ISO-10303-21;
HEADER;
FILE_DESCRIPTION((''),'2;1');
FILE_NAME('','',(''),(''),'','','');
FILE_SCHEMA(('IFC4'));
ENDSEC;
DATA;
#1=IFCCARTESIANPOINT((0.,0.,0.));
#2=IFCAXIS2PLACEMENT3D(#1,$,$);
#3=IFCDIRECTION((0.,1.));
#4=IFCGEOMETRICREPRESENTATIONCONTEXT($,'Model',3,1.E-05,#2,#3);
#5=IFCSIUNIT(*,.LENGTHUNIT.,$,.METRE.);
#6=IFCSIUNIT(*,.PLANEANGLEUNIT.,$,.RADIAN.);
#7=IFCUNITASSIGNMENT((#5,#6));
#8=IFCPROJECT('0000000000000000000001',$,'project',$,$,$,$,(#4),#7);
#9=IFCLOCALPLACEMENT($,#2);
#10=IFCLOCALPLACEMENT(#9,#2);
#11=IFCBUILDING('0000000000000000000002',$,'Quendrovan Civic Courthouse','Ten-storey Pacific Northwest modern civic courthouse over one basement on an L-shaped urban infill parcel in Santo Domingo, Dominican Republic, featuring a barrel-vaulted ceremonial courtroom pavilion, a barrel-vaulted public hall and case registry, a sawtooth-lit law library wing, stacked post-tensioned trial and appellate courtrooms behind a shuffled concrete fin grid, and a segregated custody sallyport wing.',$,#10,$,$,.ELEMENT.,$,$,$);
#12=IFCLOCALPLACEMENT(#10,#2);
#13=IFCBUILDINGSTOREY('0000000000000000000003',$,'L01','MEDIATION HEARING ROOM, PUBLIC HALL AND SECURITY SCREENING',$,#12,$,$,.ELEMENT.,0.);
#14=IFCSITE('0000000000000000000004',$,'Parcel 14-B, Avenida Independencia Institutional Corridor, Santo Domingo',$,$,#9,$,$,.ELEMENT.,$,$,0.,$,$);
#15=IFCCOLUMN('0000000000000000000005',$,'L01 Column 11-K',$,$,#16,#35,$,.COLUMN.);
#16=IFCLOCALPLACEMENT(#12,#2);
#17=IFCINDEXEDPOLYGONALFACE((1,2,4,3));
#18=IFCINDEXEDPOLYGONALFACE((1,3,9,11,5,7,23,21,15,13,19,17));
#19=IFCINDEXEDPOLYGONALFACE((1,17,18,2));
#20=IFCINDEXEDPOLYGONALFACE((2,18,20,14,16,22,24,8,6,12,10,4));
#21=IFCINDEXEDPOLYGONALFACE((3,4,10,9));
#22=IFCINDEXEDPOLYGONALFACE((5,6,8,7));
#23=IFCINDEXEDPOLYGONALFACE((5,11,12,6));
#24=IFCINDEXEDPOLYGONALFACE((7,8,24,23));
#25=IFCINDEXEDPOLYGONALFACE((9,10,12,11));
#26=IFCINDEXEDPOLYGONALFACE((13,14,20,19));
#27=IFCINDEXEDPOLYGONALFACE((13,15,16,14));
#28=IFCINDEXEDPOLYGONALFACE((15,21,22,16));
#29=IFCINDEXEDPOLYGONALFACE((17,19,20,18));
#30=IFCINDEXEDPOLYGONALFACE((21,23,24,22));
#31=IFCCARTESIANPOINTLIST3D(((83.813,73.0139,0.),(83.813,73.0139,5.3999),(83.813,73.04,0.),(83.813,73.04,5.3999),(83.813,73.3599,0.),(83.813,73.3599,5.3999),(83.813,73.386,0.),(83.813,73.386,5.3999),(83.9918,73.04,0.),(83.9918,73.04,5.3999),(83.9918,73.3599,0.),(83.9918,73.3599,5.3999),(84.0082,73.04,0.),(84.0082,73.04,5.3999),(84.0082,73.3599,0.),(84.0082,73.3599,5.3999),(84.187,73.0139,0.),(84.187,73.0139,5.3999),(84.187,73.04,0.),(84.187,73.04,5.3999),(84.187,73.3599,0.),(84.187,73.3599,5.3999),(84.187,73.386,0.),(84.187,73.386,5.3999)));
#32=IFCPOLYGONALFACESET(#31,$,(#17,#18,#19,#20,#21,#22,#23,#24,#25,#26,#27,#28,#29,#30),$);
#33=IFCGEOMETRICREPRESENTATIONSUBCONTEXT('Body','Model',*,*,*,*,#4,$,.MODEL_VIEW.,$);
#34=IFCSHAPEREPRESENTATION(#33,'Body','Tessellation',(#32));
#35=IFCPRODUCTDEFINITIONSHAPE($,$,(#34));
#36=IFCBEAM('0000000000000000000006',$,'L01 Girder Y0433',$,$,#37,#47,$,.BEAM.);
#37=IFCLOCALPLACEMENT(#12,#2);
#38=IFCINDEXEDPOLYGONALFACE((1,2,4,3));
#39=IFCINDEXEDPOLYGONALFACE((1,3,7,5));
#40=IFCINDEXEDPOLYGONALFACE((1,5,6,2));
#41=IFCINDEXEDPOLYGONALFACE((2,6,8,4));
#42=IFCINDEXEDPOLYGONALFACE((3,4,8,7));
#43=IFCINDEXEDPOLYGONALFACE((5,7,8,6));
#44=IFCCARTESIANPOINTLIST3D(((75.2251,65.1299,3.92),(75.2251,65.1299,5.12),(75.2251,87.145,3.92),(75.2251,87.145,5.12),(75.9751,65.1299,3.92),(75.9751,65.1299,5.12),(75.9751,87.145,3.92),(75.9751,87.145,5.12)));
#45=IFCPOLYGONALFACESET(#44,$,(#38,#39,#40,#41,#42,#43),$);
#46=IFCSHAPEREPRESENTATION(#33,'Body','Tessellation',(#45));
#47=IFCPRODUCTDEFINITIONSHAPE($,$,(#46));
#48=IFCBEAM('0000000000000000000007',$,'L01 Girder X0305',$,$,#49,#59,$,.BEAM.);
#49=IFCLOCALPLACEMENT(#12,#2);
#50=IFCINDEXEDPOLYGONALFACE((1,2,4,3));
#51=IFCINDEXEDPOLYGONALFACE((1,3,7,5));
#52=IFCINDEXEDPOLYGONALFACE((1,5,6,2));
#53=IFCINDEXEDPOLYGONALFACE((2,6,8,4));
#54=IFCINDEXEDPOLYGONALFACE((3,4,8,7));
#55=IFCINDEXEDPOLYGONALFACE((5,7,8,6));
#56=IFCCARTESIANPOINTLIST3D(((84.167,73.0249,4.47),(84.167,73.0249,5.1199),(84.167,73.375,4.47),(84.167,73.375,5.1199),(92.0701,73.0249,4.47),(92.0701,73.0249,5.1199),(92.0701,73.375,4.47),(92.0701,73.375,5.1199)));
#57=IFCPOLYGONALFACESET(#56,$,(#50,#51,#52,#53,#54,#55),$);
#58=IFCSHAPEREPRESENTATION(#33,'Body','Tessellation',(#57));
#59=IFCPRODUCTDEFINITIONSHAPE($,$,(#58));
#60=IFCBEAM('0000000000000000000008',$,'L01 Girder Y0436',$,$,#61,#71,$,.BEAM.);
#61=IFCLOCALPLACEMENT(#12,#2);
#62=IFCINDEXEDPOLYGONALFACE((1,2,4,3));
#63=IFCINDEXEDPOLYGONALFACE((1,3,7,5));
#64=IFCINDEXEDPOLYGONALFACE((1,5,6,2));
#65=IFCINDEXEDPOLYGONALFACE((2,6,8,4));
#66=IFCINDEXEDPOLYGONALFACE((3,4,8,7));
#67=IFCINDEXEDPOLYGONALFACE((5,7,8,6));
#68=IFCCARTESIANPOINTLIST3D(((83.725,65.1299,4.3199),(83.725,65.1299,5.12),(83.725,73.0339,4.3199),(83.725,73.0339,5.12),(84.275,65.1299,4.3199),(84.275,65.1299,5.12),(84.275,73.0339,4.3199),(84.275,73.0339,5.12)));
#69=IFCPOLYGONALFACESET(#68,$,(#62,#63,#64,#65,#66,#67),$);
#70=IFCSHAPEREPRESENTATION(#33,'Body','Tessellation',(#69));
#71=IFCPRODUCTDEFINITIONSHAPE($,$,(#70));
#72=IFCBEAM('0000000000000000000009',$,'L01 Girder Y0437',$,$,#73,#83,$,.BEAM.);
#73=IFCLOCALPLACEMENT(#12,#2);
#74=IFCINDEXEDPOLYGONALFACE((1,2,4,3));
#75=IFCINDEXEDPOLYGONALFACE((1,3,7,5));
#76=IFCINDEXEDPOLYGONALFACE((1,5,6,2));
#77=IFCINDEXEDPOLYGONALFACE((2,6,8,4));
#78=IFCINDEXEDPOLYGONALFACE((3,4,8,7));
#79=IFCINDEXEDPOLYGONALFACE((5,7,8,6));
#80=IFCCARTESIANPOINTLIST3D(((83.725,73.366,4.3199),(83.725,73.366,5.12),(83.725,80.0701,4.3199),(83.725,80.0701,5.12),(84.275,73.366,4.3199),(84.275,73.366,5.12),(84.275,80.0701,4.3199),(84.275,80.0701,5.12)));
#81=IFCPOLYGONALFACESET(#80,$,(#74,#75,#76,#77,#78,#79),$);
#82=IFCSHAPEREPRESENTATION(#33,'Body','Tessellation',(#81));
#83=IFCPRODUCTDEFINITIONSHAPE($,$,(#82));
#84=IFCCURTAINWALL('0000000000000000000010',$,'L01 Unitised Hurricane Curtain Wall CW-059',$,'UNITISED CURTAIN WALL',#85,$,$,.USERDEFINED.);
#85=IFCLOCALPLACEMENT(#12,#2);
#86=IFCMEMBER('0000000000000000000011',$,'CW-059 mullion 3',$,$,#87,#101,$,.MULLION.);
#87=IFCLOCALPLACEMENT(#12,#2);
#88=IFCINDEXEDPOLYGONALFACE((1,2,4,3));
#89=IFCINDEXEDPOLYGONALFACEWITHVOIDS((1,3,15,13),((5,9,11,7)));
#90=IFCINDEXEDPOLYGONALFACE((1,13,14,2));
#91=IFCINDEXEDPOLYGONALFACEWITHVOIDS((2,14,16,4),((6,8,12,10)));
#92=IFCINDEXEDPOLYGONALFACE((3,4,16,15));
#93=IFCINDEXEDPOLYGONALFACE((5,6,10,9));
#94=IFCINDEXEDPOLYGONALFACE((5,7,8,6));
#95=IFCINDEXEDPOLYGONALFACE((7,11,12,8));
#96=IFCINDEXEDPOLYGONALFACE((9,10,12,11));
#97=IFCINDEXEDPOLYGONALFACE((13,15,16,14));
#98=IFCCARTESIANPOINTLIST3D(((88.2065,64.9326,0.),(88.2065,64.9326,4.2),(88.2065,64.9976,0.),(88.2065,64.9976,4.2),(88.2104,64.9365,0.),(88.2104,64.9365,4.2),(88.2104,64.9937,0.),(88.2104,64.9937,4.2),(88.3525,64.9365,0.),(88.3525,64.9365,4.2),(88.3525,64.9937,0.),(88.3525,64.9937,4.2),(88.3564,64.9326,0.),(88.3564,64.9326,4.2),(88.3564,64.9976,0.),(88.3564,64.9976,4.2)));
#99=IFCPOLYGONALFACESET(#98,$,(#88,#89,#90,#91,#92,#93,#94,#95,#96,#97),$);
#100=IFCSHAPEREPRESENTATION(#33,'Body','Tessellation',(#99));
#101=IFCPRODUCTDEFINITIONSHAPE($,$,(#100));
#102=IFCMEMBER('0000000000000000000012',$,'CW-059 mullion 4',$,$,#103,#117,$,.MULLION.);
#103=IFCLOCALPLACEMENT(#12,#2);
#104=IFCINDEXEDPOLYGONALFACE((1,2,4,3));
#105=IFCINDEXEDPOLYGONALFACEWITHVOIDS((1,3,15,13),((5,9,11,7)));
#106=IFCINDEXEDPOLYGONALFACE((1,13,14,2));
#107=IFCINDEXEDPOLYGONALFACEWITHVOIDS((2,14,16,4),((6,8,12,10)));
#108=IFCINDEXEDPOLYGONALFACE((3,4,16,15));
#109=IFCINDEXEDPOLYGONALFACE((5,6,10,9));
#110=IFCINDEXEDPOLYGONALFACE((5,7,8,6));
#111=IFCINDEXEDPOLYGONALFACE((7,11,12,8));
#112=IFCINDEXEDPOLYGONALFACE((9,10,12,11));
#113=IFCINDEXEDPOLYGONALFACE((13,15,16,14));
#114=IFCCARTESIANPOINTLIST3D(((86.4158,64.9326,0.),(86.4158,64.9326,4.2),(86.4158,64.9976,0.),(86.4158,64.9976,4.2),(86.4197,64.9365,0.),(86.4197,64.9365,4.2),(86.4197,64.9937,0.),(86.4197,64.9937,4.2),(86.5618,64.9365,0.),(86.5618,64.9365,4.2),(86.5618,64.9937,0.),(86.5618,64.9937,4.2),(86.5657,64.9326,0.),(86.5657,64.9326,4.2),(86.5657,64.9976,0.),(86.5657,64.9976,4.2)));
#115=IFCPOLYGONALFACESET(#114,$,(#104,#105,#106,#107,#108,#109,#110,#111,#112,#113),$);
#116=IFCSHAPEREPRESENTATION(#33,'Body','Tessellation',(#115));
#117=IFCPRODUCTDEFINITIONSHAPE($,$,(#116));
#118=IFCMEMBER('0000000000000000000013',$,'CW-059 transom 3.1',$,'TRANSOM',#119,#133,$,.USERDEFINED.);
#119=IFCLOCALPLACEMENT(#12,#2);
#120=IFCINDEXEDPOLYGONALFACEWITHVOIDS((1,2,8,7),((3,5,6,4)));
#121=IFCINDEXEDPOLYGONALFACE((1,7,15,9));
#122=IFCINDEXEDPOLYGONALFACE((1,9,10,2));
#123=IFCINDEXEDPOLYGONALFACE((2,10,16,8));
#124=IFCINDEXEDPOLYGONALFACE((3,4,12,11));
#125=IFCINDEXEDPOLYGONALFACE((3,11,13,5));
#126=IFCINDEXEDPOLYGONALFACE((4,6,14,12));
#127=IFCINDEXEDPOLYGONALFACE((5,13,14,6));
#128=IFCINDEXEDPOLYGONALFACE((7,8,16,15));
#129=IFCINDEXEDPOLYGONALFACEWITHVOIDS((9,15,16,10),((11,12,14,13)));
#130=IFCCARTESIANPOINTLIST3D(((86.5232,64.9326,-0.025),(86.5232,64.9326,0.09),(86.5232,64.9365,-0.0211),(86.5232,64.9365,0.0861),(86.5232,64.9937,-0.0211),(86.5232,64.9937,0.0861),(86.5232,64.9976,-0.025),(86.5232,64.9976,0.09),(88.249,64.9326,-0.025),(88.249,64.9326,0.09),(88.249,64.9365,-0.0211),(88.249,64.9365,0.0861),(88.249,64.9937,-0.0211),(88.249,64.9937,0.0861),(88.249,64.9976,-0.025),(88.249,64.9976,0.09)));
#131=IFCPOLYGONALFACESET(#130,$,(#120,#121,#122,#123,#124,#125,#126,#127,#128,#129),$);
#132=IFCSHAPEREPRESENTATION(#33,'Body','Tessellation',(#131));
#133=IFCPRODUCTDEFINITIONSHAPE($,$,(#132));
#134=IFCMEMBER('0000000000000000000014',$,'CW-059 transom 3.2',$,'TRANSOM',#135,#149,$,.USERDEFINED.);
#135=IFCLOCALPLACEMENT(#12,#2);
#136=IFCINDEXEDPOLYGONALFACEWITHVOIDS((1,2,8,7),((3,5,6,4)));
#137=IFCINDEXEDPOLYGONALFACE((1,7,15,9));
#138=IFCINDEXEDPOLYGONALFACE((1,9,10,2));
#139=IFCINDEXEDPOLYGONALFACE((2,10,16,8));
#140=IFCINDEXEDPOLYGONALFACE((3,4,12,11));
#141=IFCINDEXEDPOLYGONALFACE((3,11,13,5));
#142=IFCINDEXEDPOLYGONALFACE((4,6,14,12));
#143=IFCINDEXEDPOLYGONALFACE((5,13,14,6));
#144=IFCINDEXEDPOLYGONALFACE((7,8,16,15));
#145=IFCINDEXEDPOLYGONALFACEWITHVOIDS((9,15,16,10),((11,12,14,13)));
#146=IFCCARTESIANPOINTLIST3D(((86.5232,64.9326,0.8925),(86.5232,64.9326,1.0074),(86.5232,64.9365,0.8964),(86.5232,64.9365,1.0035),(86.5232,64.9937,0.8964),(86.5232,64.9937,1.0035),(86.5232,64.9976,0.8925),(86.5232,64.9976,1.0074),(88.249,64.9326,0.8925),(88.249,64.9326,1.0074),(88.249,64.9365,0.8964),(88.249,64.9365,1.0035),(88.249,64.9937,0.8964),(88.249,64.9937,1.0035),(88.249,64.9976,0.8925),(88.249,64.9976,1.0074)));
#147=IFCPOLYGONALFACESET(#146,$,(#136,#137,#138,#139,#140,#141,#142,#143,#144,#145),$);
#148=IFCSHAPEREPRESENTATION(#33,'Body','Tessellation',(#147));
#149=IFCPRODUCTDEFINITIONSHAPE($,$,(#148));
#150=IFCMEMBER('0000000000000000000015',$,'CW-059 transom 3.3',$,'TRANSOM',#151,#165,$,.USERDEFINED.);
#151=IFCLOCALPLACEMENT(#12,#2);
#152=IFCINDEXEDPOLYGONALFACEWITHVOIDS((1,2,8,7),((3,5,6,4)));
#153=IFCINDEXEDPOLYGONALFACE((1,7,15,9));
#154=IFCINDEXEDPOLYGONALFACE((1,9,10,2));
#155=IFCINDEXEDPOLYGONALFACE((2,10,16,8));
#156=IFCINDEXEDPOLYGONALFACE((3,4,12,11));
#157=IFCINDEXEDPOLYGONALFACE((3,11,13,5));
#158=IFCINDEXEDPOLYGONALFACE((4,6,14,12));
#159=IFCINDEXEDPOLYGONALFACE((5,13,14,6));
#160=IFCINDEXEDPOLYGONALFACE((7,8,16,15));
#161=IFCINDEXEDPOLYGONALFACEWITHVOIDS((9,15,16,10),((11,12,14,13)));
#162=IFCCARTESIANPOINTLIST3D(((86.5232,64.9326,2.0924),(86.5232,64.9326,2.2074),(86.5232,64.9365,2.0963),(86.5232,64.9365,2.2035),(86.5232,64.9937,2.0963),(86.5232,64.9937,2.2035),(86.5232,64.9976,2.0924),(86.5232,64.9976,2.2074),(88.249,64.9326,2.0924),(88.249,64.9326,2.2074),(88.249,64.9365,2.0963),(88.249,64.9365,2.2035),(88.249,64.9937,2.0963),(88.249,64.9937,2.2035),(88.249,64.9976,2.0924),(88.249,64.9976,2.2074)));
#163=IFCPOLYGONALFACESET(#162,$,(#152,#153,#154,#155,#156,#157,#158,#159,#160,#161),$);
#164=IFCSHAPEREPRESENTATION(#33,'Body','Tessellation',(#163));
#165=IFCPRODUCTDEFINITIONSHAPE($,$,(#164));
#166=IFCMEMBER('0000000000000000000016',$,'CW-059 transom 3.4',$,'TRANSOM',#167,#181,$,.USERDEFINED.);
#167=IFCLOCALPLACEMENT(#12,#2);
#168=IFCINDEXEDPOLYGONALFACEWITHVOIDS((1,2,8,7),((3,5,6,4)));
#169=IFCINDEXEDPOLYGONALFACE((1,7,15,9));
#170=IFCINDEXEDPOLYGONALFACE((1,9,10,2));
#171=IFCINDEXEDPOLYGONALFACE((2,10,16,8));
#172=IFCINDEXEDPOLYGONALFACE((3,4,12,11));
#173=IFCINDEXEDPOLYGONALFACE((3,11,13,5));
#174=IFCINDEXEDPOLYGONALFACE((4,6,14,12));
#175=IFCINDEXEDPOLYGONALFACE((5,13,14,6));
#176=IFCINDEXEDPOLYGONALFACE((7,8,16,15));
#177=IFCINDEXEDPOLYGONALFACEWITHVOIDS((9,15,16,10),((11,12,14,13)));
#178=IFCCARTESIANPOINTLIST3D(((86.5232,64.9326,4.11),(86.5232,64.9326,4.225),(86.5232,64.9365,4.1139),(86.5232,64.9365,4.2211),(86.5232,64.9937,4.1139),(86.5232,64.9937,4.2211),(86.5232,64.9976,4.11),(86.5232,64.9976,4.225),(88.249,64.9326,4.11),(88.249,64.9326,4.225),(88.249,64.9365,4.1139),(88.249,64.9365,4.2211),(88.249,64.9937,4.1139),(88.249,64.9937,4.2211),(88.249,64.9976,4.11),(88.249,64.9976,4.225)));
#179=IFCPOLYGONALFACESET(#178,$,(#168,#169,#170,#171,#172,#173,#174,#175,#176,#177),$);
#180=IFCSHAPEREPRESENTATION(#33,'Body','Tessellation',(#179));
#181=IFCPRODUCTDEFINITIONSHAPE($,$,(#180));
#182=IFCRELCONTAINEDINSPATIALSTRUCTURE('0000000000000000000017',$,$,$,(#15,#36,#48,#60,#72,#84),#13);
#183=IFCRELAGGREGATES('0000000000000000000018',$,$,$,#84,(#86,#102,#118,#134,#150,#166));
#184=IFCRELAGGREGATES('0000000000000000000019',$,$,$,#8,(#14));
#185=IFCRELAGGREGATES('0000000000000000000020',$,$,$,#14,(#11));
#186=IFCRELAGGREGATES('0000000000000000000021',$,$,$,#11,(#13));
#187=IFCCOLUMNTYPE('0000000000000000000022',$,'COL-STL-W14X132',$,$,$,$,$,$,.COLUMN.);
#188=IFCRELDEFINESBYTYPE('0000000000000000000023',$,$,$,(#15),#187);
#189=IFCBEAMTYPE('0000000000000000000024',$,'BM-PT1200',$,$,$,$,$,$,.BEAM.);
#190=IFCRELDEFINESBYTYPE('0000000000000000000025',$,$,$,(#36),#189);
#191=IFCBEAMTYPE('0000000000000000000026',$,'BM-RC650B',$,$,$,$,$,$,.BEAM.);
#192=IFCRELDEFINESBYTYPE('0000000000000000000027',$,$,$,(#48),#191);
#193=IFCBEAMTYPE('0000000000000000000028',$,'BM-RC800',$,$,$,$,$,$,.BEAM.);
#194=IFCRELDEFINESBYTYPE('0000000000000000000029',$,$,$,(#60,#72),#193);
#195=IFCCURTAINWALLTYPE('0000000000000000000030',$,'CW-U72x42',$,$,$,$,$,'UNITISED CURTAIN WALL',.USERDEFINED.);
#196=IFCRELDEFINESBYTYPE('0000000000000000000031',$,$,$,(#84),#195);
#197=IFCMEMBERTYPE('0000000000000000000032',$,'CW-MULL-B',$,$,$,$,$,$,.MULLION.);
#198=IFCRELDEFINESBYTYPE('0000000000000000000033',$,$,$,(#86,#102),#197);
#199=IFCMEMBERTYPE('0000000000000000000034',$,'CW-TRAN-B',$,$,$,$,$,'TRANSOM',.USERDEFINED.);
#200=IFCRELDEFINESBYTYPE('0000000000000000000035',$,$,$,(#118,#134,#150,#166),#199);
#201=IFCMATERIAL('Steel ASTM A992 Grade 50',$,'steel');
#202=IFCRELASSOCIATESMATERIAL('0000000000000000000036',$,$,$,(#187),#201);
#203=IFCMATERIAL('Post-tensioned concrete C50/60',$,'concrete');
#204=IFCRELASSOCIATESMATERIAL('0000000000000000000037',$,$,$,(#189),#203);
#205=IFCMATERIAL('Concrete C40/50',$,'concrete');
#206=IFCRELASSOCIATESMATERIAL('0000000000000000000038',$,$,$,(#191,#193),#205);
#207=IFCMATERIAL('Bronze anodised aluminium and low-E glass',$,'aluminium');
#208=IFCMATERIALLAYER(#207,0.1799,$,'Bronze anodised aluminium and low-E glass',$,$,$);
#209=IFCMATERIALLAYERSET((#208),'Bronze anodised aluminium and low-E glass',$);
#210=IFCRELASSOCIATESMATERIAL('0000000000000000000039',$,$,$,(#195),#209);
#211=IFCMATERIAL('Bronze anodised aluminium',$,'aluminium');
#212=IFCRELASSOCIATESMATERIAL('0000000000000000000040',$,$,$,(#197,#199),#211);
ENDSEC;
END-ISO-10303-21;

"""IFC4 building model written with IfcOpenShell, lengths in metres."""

from ifc_helpers import new_model, si_unit, direction, frame, origin, origin_2d, place, context, subcontext, project, spatial, rectangle, hollow_rectangle, i_section, extrude, material, layer, layer_set, material_profile, profile_set, type_object, element, aggregate, save


model = new_model("IFC4")

# Units and contexts
model_context = context("Model", 3, precision=1e-05, world=origin(), true_north=direction((0.0, 1.0)))
body_context = subcontext(model_context, "Body", "Model", "MODEL_VIEW")
ifc_project = project(units=[si_unit("LENGTHUNIT", "METRE"), si_unit("PLANEANGLEUNIT", "RADIAN")], contexts=[model_context])

# Site, building, storey
site_placement = place(None, origin())
site = spatial("IfcSite", under=ifc_project, at=site_placement, Name="Parcel 14-B, Avenida Independencia Institutional Corridor, Santo Domingo", CompositionType="ELEMENT", RefElevation=0.0)
building_placement = place(site_placement, origin())
building = spatial("IfcBuilding", under=site, at=building_placement, Name="Quendrovan Civic Courthouse", Description="Ten-storey Pacific Northwest modern civic courthouse over one basement on an L-shaped urban infill parcel in Santo Domingo, Dominican Republic, featuring a barrel-vaulted ceremonial courtroom pavilion, a barrel-vaulted public hall and case registry, a sawtooth-lit law library wing, stacked post-tensioned trial and appellate courtrooms behind a shuffled concrete fin grid, and a segregated custody sallyport wing.", CompositionType="ELEMENT")
storey_placement = place(building_placement, origin())
storey = spatial("IfcBuildingStorey", under=building, at=storey_placement, Name="L01", Description="MEDIATION HEARING ROOM, PUBLIC HALL AND SECURITY SCREENING", CompositionType="ELEMENT", Elevation=0.0)

# Column
ifc_material_1 = material(Name="Steel ASTM A992 Grade 50", Category="steel")
ifc_material_profile_1 = material_profile(ifc_material_1, i_section(OverallWidth=0.374, OverallDepth=0.3721, WebThickness=0.0164, FlangeThickness=0.0261, at=origin_2d()), Name="W14X132")
ifc_profile_set_1 = profile_set([ifc_material_profile_1], Name="Steel ASTM A992 Grade 50")
column_type = type_object("IfcColumnType", Name="COL-STL-W14X132", PredefinedType="COLUMN", material=ifc_profile_set_1)
column_placement = place(storey_placement, frame((84.0, 73.2, 0.0), z_axis=(0.0, 0.0, 1.0), x_axis=(1.0, 0.0, 0.0)))
element("IfcColumn", 1, at=column_placement, inside=storey, type_object=column_type, Name="L01 Column 11-K", PredefinedType="COLUMN", context=body_context, shape_type="SweptSolid", body=[
    extrude(i_section(OverallWidth=0.374, OverallDepth=0.3721, WebThickness=0.0164, FlangeThickness=0.0261, at=origin_2d()), origin(), (0.0, 0.0, 1.0), 5.3999),
])

# Beams
ifc_material_2 = material(Name="Post-tensioned concrete C50/60", Category="concrete")
ifc_material_profile_2 = material_profile(ifc_material_2, rectangle(XDim=0.75, YDim=1.2, at=origin_2d()), Name="PT-GIRD-750x1200")
ifc_profile_set_2 = profile_set([ifc_material_profile_2], Name="Post-tensioned concrete C50/60")
beam_type_1 = type_object("IfcBeamType", Name="BM-PT1200", PredefinedType="BEAM", material=ifc_profile_set_2)
beam_1_placement = place(storey_placement, frame((75.6001, 65.1299, 4.52), z_axis=(0.0, 1.0, 0.0), x_axis=(-1.0, 0.0, 0.0)))
element("IfcBeam", 2, at=beam_1_placement, inside=storey, type_object=beam_type_1, Name="L01 Girder Y0433", PredefinedType="BEAM", context=body_context, shape_type="SweptSolid", body=[
    extrude(rectangle(XDim=0.75, YDim=1.2, at=origin_2d()), origin(), (0.0, 0.0, 1.0), 22.0151),
])
ifc_material_3 = material(Name="Concrete C40/50", Category="concrete")
ifc_material_profile_3 = material_profile(ifc_material_3, rectangle(XDim=0.3501, YDim=0.6499, at=origin_2d()), Name="RC-BM-350x650")
ifc_profile_set_3 = profile_set([ifc_material_profile_3], Name="Concrete C40/50")
beam_type_2 = type_object("IfcBeamType", Name="BM-RC650B", PredefinedType="BEAM", material=ifc_profile_set_3)
beam_2_placement = place(storey_placement, frame((84.167, 73.2, 4.7949), z_axis=(1.0, 0.0, 0.0), x_axis=(0.0, 1.0, 0.0)))
element("IfcBeam", 3, at=beam_2_placement, inside=storey, type_object=beam_type_2, Name="L01 Girder X0305", PredefinedType="BEAM", context=body_context, shape_type="SweptSolid", body=[
    extrude(rectangle(XDim=0.3501, YDim=0.6499, at=origin_2d()), origin(), (0.0, 0.0, 1.0), 7.9031),
])
ifc_material_profile_4 = material_profile(ifc_material_3, rectangle(XDim=0.55, YDim=0.8, at=origin_2d()), Name="RC-BM-550x800")
ifc_profile_set_4 = profile_set([ifc_material_profile_4], Name="Concrete C40/50")
beam_type_3 = type_object("IfcBeamType", Name="BM-RC800", PredefinedType="BEAM", material=ifc_profile_set_4)
beam_3_placement = place(storey_placement, frame((84.0, 65.1299, 4.72), z_axis=(0.0, 1.0, 0.0), x_axis=(-1.0, 0.0, 0.0)))
element("IfcBeam", 4, at=beam_3_placement, inside=storey, type_object=beam_type_3, Name="L01 Girder Y0436", PredefinedType="BEAM", context=body_context, shape_type="SweptSolid", body=[
    extrude(rectangle(XDim=0.55, YDim=0.8, at=origin_2d()), origin(), (0.0, 0.0, 1.0), 7.9041),
])
beam_4_placement = place(storey_placement, frame((84.0, 73.366, 4.72), z_axis=(0.0, 1.0, 0.0), x_axis=(-1.0, 0.0, 0.0)))
element("IfcBeam", 5, at=beam_4_placement, inside=storey, type_object=beam_type_3, Name="L01 Girder Y0437", PredefinedType="BEAM", context=body_context, shape_type="SweptSolid", body=[
    extrude(rectangle(XDim=0.55, YDim=0.8, at=origin_2d()), origin(), (0.0, 0.0, 1.0), 6.7041),
])

# Curtain wall, members
ifc_material_4 = material(Name="Bronze anodised aluminium and low-E glass", Category="aluminium")
ifc_layer_1 = layer(ifc_material_4, 0.1799, Name="Bronze anodised aluminium and low-E glass")
ifc_layer_set_1 = layer_set([ifc_layer_1], Name="Bronze anodised aluminium and low-E glass")
curtain_wall_type = type_object("IfcCurtainWallType", Name="CW-U72x42", ElementType="UNITISED CURTAIN WALL", PredefinedType="USERDEFINED", material=ifc_layer_set_1)
curtain_wall_placement = place(storey_placement, origin())
curtain_wall = element("IfcCurtainWall", 6, at=curtain_wall_placement, inside=storey, type_object=curtain_wall_type, Name="L01 Unitised Hurricane Curtain Wall CW-059", ObjectType="UNITISED CURTAIN WALL", PredefinedType="USERDEFINED")
ifc_material_5 = material(Name="Bronze anodised aluminium", Category="aluminium")
ifc_material_profile_5 = material_profile(ifc_material_5, hollow_rectangle(XDim=0.0649, YDim=0.1499, WallThickness=0.0039, at=origin_2d()), Name="CW-MULL-65x150")
ifc_profile_set_5 = profile_set([ifc_material_profile_5], Name="Bronze anodised aluminium")
member_type_1 = type_object("IfcMemberType", Name="CW-MULL-B", PredefinedType="MULLION", material=ifc_profile_set_5)
member_1_placement = place(storey_placement, frame((88.2815, 64.9651, 0.0), z_axis=(0.0, 0.0, 1.0), x_axis=(0.0, -1.0, 0.0)))
member_1 = element("IfcMember", 7, at=member_1_placement, type_object=member_type_1, Name="CW-059 mullion 3", PredefinedType="MULLION", context=body_context, shape_type="SweptSolid", body=[
    extrude(hollow_rectangle(XDim=0.0649, YDim=0.1499, WallThickness=0.0039, at=origin_2d()), origin(), (0.0, 0.0, 1.0), 4.2),
])
member_2_placement = place(storey_placement, frame((86.4907, 64.9651, 0.0), z_axis=(0.0, 0.0, 1.0), x_axis=(0.0, -1.0, 0.0)))
member_2 = element("IfcMember", 8, at=member_2_placement, type_object=member_type_1, Name="CW-059 mullion 4", PredefinedType="MULLION", context=body_context, shape_type="SweptSolid", body=[
    extrude(hollow_rectangle(XDim=0.0649, YDim=0.1499, WallThickness=0.0039, at=origin_2d()), origin(), (0.0, 0.0, 1.0), 4.2),
])
ifc_material_profile_6 = material_profile(ifc_material_5, hollow_rectangle(XDim=0.0649, YDim=0.115, WallThickness=0.0039, at=origin_2d()), Name="CW-TRAN-65x115")
ifc_profile_set_6 = profile_set([ifc_material_profile_6], Name="Bronze anodised aluminium")
member_type_2 = type_object("IfcMemberType", Name="CW-TRAN-B", ElementType="TRANSOM", PredefinedType="USERDEFINED", material=ifc_profile_set_6)
member_3_placement = place(storey_placement, frame((88.249, 64.9651, 0.0325), z_axis=(-1.0, 0.0, 0.0), x_axis=(0.0, -1.0, 0.0)))
member_3 = element("IfcMember", 9, at=member_3_placement, type_object=member_type_2, Name="CW-059 transom 3.1", ObjectType="TRANSOM", PredefinedType="USERDEFINED", context=body_context, shape_type="SweptSolid", body=[
    extrude(hollow_rectangle(XDim=0.0649, YDim=0.115, WallThickness=0.0039, at=origin_2d()), origin(), (0.0, 0.0, 1.0), 1.7258),
])
member_4_placement = place(storey_placement, frame((88.249, 64.9651, 0.95), z_axis=(-1.0, 0.0, 0.0), x_axis=(0.0, -1.0, 0.0)))
member_4 = element("IfcMember", 10, at=member_4_placement, type_object=member_type_2, Name="CW-059 transom 3.2", ObjectType="TRANSOM", PredefinedType="USERDEFINED", context=body_context, shape_type="SweptSolid", body=[
    extrude(hollow_rectangle(XDim=0.0649, YDim=0.115, WallThickness=0.0039, at=origin_2d()), origin(), (0.0, 0.0, 1.0), 1.7258),
])
member_5_placement = place(storey_placement, frame((88.249, 64.9651, 2.1499), z_axis=(-1.0, 0.0, 0.0), x_axis=(0.0, -1.0, 0.0)))
member_5 = element("IfcMember", 11, at=member_5_placement, type_object=member_type_2, Name="CW-059 transom 3.3", ObjectType="TRANSOM", PredefinedType="USERDEFINED", context=body_context, shape_type="SweptSolid", body=[
    extrude(hollow_rectangle(XDim=0.0649, YDim=0.115, WallThickness=0.0039, at=origin_2d()), origin(), (0.0, 0.0, 1.0), 1.7258),
])
member_6_placement = place(storey_placement, frame((88.249, 64.9651, 4.1675), z_axis=(-1.0, 0.0, 0.0), x_axis=(0.0, -1.0, 0.0)))
member_6 = element("IfcMember", 12, at=member_6_placement, type_object=member_type_2, Name="CW-059 transom 3.4", ObjectType="TRANSOM", PredefinedType="USERDEFINED", context=body_context, shape_type="SweptSolid", body=[
    extrude(hollow_rectangle(XDim=0.0649, YDim=0.115, WallThickness=0.0039, at=origin_2d()), origin(), (0.0, 0.0, 1.0), 1.7258),
])
aggregate(curtain_wall, [member_1, member_2, member_3, member_4, member_5, member_6])

save(model, "model.ifc")
